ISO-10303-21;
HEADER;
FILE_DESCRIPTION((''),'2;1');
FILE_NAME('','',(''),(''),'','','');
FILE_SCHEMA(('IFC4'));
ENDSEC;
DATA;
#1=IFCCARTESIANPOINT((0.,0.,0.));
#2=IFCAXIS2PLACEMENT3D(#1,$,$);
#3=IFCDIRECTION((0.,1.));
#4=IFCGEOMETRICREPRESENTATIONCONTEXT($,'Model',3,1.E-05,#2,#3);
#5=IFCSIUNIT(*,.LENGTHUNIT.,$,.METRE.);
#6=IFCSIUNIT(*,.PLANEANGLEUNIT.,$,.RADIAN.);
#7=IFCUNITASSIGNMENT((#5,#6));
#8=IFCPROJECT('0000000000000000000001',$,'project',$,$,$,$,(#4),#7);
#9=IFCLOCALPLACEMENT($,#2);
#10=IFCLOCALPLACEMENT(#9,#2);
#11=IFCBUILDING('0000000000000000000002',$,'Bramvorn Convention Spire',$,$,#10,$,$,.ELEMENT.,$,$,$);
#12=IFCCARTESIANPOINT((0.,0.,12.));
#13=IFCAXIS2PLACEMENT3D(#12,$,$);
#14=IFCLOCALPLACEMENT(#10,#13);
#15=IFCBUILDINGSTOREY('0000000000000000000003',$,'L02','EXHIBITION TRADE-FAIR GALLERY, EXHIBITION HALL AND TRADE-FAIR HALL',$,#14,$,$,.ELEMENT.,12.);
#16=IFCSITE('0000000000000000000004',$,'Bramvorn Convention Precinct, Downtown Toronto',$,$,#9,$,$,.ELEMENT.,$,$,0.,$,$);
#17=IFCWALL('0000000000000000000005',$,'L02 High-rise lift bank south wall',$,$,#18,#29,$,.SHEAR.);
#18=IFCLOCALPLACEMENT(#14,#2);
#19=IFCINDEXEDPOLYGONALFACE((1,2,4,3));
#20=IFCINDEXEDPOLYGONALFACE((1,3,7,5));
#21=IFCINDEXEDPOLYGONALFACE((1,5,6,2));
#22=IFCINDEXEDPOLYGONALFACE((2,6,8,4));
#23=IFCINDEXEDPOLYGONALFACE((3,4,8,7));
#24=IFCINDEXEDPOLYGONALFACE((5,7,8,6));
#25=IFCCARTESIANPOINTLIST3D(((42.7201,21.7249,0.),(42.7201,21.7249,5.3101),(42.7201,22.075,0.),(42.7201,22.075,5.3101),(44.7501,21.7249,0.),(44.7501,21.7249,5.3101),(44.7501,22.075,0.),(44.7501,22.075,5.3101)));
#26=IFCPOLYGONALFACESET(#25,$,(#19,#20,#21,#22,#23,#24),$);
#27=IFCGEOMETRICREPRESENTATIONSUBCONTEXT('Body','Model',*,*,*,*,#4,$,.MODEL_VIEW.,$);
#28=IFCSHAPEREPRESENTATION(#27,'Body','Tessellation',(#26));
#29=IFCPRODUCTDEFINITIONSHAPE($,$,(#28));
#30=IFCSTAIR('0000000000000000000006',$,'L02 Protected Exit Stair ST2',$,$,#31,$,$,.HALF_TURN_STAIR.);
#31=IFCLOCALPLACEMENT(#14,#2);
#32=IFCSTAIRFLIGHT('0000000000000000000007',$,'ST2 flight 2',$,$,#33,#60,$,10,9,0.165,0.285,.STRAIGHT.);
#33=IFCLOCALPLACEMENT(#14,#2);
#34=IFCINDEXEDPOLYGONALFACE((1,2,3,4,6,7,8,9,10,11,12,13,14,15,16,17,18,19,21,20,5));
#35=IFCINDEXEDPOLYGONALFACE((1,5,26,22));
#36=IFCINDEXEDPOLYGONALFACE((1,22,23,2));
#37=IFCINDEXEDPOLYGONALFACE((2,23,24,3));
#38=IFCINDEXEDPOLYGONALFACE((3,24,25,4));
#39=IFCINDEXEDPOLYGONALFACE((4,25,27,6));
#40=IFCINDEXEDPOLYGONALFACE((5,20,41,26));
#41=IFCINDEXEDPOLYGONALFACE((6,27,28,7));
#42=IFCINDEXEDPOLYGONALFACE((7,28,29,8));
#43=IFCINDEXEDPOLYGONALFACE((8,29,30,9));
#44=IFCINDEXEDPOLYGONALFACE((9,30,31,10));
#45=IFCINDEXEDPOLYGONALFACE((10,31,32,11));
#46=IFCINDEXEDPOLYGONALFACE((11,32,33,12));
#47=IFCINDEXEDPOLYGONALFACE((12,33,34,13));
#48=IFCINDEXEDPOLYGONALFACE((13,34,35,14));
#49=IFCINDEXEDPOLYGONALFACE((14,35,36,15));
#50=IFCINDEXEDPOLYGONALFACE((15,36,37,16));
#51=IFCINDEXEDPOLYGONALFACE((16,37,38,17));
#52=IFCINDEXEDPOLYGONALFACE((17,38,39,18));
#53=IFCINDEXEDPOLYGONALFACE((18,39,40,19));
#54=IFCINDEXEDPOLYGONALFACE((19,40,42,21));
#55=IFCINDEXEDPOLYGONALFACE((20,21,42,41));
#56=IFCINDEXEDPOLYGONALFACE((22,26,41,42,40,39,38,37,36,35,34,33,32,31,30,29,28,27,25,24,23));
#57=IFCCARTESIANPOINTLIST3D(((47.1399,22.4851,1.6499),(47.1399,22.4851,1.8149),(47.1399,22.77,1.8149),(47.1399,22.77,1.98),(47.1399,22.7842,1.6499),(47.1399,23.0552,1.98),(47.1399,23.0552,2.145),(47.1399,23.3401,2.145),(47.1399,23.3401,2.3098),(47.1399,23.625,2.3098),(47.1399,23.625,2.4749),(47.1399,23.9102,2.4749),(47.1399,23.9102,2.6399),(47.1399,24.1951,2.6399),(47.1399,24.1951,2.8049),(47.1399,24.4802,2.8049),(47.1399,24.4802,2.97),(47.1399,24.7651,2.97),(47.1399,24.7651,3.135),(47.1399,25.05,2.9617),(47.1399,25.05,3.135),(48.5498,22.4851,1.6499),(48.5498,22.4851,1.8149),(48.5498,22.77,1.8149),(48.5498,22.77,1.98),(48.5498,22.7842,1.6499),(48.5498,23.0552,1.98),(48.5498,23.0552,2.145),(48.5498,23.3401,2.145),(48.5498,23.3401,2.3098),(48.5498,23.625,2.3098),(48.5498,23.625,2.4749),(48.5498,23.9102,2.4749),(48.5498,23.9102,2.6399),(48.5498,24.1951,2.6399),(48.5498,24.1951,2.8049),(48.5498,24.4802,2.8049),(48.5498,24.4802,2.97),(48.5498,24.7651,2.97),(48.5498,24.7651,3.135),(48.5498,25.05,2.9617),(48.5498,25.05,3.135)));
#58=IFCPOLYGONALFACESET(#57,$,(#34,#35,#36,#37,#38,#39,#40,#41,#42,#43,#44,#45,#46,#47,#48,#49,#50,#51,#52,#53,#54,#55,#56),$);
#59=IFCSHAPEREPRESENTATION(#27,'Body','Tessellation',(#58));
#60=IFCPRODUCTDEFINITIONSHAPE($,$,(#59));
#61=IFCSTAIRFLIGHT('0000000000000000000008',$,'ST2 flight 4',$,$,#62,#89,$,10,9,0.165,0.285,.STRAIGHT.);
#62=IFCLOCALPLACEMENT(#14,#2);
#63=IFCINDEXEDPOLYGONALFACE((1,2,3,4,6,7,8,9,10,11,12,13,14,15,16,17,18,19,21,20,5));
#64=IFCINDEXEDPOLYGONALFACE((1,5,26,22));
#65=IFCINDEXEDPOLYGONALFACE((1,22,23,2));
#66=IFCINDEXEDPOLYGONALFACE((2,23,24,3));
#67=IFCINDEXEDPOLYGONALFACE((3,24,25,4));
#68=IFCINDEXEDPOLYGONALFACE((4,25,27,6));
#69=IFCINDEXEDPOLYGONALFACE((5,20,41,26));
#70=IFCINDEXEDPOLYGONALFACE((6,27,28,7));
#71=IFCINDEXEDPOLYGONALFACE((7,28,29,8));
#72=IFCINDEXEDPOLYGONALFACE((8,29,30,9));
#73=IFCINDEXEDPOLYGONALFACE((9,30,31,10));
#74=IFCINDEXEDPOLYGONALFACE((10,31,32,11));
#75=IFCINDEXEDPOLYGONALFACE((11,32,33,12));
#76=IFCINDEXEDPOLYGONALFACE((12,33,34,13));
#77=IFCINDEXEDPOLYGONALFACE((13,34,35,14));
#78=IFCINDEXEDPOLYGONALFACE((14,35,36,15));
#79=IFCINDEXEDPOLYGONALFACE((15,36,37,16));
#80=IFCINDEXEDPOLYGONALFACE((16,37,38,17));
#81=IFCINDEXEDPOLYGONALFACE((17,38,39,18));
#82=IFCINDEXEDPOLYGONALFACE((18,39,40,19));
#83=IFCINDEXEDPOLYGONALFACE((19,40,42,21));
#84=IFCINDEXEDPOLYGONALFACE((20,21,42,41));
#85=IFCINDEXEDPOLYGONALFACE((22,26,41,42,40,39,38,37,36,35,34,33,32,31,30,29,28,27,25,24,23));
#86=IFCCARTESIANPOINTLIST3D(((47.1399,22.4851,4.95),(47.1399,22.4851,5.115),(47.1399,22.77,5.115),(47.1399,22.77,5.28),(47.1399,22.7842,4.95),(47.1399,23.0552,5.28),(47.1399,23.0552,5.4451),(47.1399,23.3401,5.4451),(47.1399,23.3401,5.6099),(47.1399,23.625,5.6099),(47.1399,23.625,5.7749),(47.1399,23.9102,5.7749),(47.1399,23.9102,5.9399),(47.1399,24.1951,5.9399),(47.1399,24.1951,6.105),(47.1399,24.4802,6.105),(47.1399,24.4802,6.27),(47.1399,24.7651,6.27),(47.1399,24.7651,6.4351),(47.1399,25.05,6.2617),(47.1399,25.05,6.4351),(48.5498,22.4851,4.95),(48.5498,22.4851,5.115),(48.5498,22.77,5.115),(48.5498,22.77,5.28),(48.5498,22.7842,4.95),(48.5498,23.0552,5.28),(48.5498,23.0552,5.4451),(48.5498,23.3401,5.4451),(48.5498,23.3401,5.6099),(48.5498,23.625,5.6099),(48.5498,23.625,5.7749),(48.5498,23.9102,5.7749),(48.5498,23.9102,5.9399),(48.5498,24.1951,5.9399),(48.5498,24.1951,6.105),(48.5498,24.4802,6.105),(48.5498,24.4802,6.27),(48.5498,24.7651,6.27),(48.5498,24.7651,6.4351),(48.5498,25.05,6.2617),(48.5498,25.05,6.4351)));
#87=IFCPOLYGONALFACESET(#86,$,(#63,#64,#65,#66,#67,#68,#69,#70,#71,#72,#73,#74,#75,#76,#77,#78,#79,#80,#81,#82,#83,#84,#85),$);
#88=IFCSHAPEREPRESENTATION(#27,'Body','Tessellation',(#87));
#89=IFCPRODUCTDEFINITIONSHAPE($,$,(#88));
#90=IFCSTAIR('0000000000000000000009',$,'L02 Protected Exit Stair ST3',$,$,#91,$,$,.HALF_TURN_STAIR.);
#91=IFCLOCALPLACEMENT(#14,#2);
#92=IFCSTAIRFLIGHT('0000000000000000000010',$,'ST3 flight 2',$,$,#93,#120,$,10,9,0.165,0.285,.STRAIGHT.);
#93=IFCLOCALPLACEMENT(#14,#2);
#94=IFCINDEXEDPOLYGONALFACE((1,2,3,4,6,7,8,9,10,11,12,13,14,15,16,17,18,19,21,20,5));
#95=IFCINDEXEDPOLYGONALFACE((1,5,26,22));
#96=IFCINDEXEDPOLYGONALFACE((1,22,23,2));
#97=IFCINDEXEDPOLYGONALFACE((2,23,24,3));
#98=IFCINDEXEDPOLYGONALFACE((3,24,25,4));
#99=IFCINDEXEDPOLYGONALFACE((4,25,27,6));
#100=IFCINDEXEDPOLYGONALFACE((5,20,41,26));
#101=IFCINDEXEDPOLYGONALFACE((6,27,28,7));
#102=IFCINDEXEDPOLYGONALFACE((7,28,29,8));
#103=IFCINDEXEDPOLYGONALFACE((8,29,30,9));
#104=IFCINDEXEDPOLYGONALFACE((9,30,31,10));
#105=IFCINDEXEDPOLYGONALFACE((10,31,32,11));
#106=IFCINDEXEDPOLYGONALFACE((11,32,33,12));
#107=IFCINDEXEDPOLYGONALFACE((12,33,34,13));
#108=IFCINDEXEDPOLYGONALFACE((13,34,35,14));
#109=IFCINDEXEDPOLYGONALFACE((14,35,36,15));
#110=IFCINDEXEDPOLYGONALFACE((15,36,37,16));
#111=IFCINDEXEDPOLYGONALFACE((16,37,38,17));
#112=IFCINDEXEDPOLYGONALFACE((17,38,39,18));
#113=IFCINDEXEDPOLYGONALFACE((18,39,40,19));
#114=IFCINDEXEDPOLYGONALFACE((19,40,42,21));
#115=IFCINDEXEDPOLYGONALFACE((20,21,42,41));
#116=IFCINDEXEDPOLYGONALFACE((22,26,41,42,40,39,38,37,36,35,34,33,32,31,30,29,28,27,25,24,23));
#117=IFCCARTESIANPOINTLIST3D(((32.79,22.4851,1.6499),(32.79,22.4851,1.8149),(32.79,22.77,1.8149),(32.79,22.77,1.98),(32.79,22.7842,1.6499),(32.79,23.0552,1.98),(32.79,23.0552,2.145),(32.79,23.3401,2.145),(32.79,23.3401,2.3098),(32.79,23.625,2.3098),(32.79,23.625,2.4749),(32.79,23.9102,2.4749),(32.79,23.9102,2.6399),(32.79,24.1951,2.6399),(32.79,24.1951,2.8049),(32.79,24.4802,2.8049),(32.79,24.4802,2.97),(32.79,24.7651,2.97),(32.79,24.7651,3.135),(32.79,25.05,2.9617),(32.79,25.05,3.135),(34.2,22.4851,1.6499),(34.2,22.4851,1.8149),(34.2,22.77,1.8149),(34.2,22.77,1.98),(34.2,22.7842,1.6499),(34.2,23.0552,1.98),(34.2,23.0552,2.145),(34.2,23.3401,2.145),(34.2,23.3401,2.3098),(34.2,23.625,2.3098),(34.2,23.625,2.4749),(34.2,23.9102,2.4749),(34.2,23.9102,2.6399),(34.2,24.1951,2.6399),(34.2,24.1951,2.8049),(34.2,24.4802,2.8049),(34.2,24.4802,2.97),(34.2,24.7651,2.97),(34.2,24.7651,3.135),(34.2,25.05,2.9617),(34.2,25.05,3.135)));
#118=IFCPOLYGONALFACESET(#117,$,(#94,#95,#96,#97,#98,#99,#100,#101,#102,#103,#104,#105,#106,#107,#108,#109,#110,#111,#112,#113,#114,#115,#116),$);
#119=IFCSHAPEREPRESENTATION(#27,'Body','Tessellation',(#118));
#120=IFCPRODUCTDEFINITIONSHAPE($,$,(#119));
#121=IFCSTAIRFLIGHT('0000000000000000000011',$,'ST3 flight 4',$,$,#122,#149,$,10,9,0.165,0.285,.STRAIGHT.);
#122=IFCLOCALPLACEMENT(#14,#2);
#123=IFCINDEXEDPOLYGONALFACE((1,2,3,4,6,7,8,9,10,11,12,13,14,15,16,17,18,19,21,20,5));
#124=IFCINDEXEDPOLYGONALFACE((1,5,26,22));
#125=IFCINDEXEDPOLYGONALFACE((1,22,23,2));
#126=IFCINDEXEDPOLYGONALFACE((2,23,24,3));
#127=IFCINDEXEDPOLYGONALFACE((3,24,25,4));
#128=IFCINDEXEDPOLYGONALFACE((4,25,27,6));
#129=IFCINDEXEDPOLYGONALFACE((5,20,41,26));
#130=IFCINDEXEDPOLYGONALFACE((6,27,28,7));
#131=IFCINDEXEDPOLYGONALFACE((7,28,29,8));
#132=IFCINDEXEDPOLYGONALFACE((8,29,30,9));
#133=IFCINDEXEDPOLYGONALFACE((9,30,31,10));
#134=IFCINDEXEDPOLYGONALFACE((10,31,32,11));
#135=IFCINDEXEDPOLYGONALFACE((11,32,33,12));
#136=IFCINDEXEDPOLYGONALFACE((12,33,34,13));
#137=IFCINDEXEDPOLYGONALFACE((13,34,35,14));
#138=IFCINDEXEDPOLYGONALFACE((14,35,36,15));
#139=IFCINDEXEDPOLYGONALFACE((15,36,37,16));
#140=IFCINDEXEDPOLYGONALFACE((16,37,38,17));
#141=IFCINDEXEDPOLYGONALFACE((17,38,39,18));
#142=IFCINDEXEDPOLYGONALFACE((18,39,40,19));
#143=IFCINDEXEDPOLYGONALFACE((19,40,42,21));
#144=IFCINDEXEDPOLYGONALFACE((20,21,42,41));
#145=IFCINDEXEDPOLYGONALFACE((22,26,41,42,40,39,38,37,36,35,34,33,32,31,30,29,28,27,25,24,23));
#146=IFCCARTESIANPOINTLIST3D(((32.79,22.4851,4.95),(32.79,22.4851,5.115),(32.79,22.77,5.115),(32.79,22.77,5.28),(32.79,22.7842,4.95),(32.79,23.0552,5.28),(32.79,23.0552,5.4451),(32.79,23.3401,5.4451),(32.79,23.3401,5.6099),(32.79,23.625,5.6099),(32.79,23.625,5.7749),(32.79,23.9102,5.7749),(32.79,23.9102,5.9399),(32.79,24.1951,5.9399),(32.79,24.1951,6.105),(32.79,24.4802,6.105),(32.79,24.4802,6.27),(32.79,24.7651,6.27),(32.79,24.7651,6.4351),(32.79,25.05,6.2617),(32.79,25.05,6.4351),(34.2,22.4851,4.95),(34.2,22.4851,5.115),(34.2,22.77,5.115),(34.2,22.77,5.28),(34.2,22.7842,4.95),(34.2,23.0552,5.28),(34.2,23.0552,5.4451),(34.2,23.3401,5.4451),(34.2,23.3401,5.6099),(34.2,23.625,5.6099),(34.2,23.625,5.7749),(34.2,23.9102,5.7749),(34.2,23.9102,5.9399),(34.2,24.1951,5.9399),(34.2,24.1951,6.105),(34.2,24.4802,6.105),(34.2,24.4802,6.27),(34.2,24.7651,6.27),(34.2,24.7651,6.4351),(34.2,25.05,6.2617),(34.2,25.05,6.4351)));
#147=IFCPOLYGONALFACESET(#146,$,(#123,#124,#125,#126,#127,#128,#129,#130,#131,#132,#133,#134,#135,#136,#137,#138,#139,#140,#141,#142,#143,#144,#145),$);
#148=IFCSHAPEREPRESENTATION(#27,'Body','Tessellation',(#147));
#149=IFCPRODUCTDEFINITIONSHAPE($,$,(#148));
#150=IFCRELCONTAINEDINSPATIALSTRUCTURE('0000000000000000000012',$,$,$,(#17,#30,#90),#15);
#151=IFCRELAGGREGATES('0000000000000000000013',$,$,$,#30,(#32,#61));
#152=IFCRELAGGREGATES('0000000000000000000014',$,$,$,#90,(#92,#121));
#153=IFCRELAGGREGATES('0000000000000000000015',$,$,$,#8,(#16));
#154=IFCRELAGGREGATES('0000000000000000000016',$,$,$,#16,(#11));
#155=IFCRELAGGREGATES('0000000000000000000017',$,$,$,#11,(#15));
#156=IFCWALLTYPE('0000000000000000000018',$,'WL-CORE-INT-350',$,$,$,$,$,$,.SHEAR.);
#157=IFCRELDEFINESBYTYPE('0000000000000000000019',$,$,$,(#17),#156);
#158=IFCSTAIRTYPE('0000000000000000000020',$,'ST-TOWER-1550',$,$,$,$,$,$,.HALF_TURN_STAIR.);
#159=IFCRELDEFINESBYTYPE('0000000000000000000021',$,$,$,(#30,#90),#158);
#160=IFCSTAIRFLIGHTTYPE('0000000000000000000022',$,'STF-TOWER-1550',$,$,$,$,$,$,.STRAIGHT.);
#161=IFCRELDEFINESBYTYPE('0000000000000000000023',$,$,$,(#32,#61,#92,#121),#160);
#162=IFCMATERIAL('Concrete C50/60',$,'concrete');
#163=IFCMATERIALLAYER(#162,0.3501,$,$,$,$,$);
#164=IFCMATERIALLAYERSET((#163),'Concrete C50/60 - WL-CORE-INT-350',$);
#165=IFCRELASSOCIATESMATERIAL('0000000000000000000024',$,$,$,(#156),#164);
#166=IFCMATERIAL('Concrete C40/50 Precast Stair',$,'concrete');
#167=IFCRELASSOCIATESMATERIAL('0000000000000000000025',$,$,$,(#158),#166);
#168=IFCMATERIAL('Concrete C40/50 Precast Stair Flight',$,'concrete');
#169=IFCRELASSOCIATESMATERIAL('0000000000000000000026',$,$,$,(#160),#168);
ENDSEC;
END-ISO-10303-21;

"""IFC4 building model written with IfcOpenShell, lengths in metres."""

from ifc_helpers import new_model, si_unit, direction, frame, frame_2d, origin, place, context, subcontext, project, spatial, polyline, rectangle, outline, extrude, material, layer, layer_set, type_object, element, aggregate, save


model = new_model("IFC4")

# Units and contexts
model_context = context("Model", 3, precision=1e-05, world=origin(), true_north=direction((0.0, 1.0)))
body_context = subcontext(model_context, "Body", "Model", "MODEL_VIEW")
ifc_project = project(units=[si_unit("LENGTHUNIT", "METRE"), si_unit("PLANEANGLEUNIT", "RADIAN")], contexts=[model_context])

# Site, building, storey
site_placement = place(None, origin())
site = spatial("IfcSite", under=ifc_project, at=site_placement, Name="Bramvorn Convention Precinct, Downtown Toronto", CompositionType="ELEMENT", RefElevation=0.0)
building_placement = place(site_placement, origin())
building = spatial("IfcBuilding", under=site, at=building_placement, Name="Bramvorn Convention Spire", CompositionType="ELEMENT")
storey_placement = place(building_placement, frame((0.0, 0.0, 12.0)))
storey = spatial("IfcBuildingStorey", under=building, at=storey_placement, Name="L02", Description="EXHIBITION TRADE-FAIR GALLERY, EXHIBITION HALL AND TRADE-FAIR HALL", CompositionType="ELEMENT", Elevation=12.0)

# Wall
ifc_material_1 = material(Name="Concrete C50/60", Category="concrete")
ifc_layer = layer(ifc_material_1, 0.3501)
ifc_layer_set = layer_set([ifc_layer], Name="Concrete C50/60 - WL-CORE-INT-350")
wall_type = type_object("IfcWallType", Name="WL-CORE-INT-350", PredefinedType="SHEAR", material=ifc_layer_set)
wall_placement = place(storey_placement, frame((42.72, 21.8999, 0.0), z_axis=(0.0, 0.0, 1.0), x_axis=(1.0, 0.0, 0.0)))
element("IfcWall", 1, at=wall_placement, inside=storey, type_object=wall_type, Name="L02 High-rise lift bank south wall", PredefinedType="SHEAR", context=body_context, shape_type="SweptSolid", body=[
    extrude(rectangle(XDim=2.03, YDim=0.3501, at=frame_2d((1.0151, 0.0))), origin(), (0.0, 0.0, 1.0), 5.3101),
])

# Stairs, stair flights
ifc_material_2 = material(Name="Concrete C40/50 Precast Stair", Category="concrete")
stair_type = type_object("IfcStairType", Name="ST-TOWER-1550", PredefinedType="HALF_TURN_STAIR", material=ifc_material_2)
stair_1_placement = place(storey_placement, origin())
stair_1 = element("IfcStair", 2, at=stair_1_placement, inside=storey, type_object=stair_type, Name="L02 Protected Exit Stair ST2", PredefinedType="HALF_TURN_STAIR")
ifc_material_3 = material(Name="Concrete C40/50 Precast Stair Flight", Category="concrete")
stair_flight_type = type_object("IfcStairFlightType", Name="STF-TOWER-1550", PredefinedType="STRAIGHT", material=ifc_material_3)
stair_flight_1_placement = place(storey_placement, frame((47.845, 22.4851, 1.6499), z_axis=(0.0, 0.0, 1.0), x_axis=(0.0, 1.0, 0.0)))
stair_flight_1 = element("IfcStairFlight", 3, at=stair_flight_1_placement, type_object=stair_flight_type, Name="ST2 flight 2", NumberOfRisers=10, NumberOfTreads=9, PredefinedType="STRAIGHT", RiserHeight=0.165, TreadLength=0.285, context=body_context, shape_type="SweptSolid", body=[
    extrude(outline(polyline([(0.0, 0.0), (0.0, 0.165), (0.2849, 0.165), (0.2849, 0.3301), (0.5701, 0.3301), (0.5701, 0.4951), (0.855, 0.4951), (0.855, 0.6599), (1.1399, 0.6599), (1.1399, 0.825), (1.425, 0.825), (1.425, 0.99), (1.71, 0.99), (1.71, 1.155), (1.9951, 1.155), (1.9951, 1.3201), (2.28, 1.3201), (2.28, 1.4851), (2.5649, 1.4851), (2.5649, 1.6499), (2.5649, 1.3118), (0.2991, 0.0), (0.0, 0.0)])), frame((0.0, 0.7051, 0.0), z_axis=(0.0, -1.0, 0.0), x_axis=(1.0, 0.0, 0.0)), (0.0, 0.0, 1.0), 1.4099),
])
stair_flight_2_placement = place(storey_placement, frame((47.845, 22.4851, 4.95), z_axis=(0.0, 0.0, 1.0), x_axis=(0.0, 1.0, 0.0)))
stair_flight_2 = element("IfcStairFlight", 4, at=stair_flight_2_placement, type_object=stair_flight_type, Name="ST2 flight 4", NumberOfRisers=10, NumberOfTreads=9, PredefinedType="STRAIGHT", RiserHeight=0.165, TreadLength=0.285, context=body_context, shape_type="SweptSolid", body=[
    extrude(outline(polyline([(0.0, 0.0), (0.0, 0.165), (0.2849, 0.165), (0.2849, 0.3301), (0.5701, 0.3301), (0.5701, 0.4951), (0.855, 0.4951), (0.855, 0.6599), (1.1399, 0.6599), (1.1399, 0.825), (1.425, 0.825), (1.425, 0.99), (1.71, 0.99), (1.71, 1.155), (1.9951, 1.155), (1.9951, 1.3201), (2.28, 1.3201), (2.28, 1.4851), (2.5649, 1.4851), (2.5649, 1.6499), (2.5649, 1.3118), (0.2991, 0.0), (0.0, 0.0)])), frame((0.0, 0.7051, 0.0), z_axis=(0.0, -1.0, 0.0), x_axis=(1.0, 0.0, 0.0)), (0.0, 0.0, 1.0), 1.4099),
])
aggregate(stair_1, [stair_flight_1, stair_flight_2])
stair_2_placement = place(storey_placement, origin())
stair_2 = element("IfcStair", 5, at=stair_2_placement, inside=storey, type_object=stair_type, Name="L02 Protected Exit Stair ST3", PredefinedType="HALF_TURN_STAIR")
stair_flight_3_placement = place(storey_placement, frame((33.4951, 22.4851, 1.6499), z_axis=(0.0, 0.0, 1.0), x_axis=(0.0, 1.0, 0.0)))
stair_flight_3 = element("IfcStairFlight", 6, at=stair_flight_3_placement, type_object=stair_flight_type, Name="ST3 flight 2", NumberOfRisers=10, NumberOfTreads=9, PredefinedType="STRAIGHT", RiserHeight=0.165, TreadLength=0.285, context=body_context, shape_type="SweptSolid", body=[
    extrude(outline(polyline([(0.0, 0.0), (0.0, 0.165), (0.2849, 0.165), (0.2849, 0.3301), (0.5701, 0.3301), (0.5701, 0.4951), (0.855, 0.4951), (0.855, 0.6599), (1.1399, 0.6599), (1.1399, 0.825), (1.425, 0.825), (1.425, 0.99), (1.71, 0.99), (1.71, 1.155), (1.9951, 1.155), (1.9951, 1.3201), (2.28, 1.3201), (2.28, 1.4851), (2.5649, 1.4851), (2.5649, 1.6499), (2.5649, 1.3118), (0.2991, 0.0), (0.0, 0.0)])), frame((0.0, 0.7051, 0.0), z_axis=(0.0, -1.0, 0.0), x_axis=(1.0, 0.0, 0.0)), (0.0, 0.0, 1.0), 1.4099),
])
stair_flight_4_placement = place(storey_placement, frame((33.4951, 22.4851, 4.95), z_axis=(0.0, 0.0, 1.0), x_axis=(0.0, 1.0, 0.0)))
stair_flight_4 = element("IfcStairFlight", 7, at=stair_flight_4_placement, type_object=stair_flight_type, Name="ST3 flight 4", NumberOfRisers=10, NumberOfTreads=9, PredefinedType="STRAIGHT", RiserHeight=0.165, TreadLength=0.285, context=body_context, shape_type="SweptSolid", body=[
    extrude(outline(polyline([(0.0, 0.0), (0.0, 0.165), (0.2849, 0.165), (0.2849, 0.3301), (0.5701, 0.3301), (0.5701, 0.4951), (0.855, 0.4951), (0.855, 0.6599), (1.1399, 0.6599), (1.1399, 0.825), (1.425, 0.825), (1.425, 0.99), (1.71, 0.99), (1.71, 1.155), (1.9951, 1.155), (1.9951, 1.3201), (2.28, 1.3201), (2.28, 1.4851), (2.5649, 1.4851), (2.5649, 1.6499), (2.5649, 1.3118), (0.2991, 0.0), (0.0, 0.0)])), frame((0.0, 0.7051, 0.0), z_axis=(0.0, -1.0, 0.0), x_axis=(1.0, 0.0, 0.0)), (0.0, 0.0, 1.0), 1.4099),
])
aggregate(stair_2, [stair_flight_3, stair_flight_4])

save(model, "model.ifc")
